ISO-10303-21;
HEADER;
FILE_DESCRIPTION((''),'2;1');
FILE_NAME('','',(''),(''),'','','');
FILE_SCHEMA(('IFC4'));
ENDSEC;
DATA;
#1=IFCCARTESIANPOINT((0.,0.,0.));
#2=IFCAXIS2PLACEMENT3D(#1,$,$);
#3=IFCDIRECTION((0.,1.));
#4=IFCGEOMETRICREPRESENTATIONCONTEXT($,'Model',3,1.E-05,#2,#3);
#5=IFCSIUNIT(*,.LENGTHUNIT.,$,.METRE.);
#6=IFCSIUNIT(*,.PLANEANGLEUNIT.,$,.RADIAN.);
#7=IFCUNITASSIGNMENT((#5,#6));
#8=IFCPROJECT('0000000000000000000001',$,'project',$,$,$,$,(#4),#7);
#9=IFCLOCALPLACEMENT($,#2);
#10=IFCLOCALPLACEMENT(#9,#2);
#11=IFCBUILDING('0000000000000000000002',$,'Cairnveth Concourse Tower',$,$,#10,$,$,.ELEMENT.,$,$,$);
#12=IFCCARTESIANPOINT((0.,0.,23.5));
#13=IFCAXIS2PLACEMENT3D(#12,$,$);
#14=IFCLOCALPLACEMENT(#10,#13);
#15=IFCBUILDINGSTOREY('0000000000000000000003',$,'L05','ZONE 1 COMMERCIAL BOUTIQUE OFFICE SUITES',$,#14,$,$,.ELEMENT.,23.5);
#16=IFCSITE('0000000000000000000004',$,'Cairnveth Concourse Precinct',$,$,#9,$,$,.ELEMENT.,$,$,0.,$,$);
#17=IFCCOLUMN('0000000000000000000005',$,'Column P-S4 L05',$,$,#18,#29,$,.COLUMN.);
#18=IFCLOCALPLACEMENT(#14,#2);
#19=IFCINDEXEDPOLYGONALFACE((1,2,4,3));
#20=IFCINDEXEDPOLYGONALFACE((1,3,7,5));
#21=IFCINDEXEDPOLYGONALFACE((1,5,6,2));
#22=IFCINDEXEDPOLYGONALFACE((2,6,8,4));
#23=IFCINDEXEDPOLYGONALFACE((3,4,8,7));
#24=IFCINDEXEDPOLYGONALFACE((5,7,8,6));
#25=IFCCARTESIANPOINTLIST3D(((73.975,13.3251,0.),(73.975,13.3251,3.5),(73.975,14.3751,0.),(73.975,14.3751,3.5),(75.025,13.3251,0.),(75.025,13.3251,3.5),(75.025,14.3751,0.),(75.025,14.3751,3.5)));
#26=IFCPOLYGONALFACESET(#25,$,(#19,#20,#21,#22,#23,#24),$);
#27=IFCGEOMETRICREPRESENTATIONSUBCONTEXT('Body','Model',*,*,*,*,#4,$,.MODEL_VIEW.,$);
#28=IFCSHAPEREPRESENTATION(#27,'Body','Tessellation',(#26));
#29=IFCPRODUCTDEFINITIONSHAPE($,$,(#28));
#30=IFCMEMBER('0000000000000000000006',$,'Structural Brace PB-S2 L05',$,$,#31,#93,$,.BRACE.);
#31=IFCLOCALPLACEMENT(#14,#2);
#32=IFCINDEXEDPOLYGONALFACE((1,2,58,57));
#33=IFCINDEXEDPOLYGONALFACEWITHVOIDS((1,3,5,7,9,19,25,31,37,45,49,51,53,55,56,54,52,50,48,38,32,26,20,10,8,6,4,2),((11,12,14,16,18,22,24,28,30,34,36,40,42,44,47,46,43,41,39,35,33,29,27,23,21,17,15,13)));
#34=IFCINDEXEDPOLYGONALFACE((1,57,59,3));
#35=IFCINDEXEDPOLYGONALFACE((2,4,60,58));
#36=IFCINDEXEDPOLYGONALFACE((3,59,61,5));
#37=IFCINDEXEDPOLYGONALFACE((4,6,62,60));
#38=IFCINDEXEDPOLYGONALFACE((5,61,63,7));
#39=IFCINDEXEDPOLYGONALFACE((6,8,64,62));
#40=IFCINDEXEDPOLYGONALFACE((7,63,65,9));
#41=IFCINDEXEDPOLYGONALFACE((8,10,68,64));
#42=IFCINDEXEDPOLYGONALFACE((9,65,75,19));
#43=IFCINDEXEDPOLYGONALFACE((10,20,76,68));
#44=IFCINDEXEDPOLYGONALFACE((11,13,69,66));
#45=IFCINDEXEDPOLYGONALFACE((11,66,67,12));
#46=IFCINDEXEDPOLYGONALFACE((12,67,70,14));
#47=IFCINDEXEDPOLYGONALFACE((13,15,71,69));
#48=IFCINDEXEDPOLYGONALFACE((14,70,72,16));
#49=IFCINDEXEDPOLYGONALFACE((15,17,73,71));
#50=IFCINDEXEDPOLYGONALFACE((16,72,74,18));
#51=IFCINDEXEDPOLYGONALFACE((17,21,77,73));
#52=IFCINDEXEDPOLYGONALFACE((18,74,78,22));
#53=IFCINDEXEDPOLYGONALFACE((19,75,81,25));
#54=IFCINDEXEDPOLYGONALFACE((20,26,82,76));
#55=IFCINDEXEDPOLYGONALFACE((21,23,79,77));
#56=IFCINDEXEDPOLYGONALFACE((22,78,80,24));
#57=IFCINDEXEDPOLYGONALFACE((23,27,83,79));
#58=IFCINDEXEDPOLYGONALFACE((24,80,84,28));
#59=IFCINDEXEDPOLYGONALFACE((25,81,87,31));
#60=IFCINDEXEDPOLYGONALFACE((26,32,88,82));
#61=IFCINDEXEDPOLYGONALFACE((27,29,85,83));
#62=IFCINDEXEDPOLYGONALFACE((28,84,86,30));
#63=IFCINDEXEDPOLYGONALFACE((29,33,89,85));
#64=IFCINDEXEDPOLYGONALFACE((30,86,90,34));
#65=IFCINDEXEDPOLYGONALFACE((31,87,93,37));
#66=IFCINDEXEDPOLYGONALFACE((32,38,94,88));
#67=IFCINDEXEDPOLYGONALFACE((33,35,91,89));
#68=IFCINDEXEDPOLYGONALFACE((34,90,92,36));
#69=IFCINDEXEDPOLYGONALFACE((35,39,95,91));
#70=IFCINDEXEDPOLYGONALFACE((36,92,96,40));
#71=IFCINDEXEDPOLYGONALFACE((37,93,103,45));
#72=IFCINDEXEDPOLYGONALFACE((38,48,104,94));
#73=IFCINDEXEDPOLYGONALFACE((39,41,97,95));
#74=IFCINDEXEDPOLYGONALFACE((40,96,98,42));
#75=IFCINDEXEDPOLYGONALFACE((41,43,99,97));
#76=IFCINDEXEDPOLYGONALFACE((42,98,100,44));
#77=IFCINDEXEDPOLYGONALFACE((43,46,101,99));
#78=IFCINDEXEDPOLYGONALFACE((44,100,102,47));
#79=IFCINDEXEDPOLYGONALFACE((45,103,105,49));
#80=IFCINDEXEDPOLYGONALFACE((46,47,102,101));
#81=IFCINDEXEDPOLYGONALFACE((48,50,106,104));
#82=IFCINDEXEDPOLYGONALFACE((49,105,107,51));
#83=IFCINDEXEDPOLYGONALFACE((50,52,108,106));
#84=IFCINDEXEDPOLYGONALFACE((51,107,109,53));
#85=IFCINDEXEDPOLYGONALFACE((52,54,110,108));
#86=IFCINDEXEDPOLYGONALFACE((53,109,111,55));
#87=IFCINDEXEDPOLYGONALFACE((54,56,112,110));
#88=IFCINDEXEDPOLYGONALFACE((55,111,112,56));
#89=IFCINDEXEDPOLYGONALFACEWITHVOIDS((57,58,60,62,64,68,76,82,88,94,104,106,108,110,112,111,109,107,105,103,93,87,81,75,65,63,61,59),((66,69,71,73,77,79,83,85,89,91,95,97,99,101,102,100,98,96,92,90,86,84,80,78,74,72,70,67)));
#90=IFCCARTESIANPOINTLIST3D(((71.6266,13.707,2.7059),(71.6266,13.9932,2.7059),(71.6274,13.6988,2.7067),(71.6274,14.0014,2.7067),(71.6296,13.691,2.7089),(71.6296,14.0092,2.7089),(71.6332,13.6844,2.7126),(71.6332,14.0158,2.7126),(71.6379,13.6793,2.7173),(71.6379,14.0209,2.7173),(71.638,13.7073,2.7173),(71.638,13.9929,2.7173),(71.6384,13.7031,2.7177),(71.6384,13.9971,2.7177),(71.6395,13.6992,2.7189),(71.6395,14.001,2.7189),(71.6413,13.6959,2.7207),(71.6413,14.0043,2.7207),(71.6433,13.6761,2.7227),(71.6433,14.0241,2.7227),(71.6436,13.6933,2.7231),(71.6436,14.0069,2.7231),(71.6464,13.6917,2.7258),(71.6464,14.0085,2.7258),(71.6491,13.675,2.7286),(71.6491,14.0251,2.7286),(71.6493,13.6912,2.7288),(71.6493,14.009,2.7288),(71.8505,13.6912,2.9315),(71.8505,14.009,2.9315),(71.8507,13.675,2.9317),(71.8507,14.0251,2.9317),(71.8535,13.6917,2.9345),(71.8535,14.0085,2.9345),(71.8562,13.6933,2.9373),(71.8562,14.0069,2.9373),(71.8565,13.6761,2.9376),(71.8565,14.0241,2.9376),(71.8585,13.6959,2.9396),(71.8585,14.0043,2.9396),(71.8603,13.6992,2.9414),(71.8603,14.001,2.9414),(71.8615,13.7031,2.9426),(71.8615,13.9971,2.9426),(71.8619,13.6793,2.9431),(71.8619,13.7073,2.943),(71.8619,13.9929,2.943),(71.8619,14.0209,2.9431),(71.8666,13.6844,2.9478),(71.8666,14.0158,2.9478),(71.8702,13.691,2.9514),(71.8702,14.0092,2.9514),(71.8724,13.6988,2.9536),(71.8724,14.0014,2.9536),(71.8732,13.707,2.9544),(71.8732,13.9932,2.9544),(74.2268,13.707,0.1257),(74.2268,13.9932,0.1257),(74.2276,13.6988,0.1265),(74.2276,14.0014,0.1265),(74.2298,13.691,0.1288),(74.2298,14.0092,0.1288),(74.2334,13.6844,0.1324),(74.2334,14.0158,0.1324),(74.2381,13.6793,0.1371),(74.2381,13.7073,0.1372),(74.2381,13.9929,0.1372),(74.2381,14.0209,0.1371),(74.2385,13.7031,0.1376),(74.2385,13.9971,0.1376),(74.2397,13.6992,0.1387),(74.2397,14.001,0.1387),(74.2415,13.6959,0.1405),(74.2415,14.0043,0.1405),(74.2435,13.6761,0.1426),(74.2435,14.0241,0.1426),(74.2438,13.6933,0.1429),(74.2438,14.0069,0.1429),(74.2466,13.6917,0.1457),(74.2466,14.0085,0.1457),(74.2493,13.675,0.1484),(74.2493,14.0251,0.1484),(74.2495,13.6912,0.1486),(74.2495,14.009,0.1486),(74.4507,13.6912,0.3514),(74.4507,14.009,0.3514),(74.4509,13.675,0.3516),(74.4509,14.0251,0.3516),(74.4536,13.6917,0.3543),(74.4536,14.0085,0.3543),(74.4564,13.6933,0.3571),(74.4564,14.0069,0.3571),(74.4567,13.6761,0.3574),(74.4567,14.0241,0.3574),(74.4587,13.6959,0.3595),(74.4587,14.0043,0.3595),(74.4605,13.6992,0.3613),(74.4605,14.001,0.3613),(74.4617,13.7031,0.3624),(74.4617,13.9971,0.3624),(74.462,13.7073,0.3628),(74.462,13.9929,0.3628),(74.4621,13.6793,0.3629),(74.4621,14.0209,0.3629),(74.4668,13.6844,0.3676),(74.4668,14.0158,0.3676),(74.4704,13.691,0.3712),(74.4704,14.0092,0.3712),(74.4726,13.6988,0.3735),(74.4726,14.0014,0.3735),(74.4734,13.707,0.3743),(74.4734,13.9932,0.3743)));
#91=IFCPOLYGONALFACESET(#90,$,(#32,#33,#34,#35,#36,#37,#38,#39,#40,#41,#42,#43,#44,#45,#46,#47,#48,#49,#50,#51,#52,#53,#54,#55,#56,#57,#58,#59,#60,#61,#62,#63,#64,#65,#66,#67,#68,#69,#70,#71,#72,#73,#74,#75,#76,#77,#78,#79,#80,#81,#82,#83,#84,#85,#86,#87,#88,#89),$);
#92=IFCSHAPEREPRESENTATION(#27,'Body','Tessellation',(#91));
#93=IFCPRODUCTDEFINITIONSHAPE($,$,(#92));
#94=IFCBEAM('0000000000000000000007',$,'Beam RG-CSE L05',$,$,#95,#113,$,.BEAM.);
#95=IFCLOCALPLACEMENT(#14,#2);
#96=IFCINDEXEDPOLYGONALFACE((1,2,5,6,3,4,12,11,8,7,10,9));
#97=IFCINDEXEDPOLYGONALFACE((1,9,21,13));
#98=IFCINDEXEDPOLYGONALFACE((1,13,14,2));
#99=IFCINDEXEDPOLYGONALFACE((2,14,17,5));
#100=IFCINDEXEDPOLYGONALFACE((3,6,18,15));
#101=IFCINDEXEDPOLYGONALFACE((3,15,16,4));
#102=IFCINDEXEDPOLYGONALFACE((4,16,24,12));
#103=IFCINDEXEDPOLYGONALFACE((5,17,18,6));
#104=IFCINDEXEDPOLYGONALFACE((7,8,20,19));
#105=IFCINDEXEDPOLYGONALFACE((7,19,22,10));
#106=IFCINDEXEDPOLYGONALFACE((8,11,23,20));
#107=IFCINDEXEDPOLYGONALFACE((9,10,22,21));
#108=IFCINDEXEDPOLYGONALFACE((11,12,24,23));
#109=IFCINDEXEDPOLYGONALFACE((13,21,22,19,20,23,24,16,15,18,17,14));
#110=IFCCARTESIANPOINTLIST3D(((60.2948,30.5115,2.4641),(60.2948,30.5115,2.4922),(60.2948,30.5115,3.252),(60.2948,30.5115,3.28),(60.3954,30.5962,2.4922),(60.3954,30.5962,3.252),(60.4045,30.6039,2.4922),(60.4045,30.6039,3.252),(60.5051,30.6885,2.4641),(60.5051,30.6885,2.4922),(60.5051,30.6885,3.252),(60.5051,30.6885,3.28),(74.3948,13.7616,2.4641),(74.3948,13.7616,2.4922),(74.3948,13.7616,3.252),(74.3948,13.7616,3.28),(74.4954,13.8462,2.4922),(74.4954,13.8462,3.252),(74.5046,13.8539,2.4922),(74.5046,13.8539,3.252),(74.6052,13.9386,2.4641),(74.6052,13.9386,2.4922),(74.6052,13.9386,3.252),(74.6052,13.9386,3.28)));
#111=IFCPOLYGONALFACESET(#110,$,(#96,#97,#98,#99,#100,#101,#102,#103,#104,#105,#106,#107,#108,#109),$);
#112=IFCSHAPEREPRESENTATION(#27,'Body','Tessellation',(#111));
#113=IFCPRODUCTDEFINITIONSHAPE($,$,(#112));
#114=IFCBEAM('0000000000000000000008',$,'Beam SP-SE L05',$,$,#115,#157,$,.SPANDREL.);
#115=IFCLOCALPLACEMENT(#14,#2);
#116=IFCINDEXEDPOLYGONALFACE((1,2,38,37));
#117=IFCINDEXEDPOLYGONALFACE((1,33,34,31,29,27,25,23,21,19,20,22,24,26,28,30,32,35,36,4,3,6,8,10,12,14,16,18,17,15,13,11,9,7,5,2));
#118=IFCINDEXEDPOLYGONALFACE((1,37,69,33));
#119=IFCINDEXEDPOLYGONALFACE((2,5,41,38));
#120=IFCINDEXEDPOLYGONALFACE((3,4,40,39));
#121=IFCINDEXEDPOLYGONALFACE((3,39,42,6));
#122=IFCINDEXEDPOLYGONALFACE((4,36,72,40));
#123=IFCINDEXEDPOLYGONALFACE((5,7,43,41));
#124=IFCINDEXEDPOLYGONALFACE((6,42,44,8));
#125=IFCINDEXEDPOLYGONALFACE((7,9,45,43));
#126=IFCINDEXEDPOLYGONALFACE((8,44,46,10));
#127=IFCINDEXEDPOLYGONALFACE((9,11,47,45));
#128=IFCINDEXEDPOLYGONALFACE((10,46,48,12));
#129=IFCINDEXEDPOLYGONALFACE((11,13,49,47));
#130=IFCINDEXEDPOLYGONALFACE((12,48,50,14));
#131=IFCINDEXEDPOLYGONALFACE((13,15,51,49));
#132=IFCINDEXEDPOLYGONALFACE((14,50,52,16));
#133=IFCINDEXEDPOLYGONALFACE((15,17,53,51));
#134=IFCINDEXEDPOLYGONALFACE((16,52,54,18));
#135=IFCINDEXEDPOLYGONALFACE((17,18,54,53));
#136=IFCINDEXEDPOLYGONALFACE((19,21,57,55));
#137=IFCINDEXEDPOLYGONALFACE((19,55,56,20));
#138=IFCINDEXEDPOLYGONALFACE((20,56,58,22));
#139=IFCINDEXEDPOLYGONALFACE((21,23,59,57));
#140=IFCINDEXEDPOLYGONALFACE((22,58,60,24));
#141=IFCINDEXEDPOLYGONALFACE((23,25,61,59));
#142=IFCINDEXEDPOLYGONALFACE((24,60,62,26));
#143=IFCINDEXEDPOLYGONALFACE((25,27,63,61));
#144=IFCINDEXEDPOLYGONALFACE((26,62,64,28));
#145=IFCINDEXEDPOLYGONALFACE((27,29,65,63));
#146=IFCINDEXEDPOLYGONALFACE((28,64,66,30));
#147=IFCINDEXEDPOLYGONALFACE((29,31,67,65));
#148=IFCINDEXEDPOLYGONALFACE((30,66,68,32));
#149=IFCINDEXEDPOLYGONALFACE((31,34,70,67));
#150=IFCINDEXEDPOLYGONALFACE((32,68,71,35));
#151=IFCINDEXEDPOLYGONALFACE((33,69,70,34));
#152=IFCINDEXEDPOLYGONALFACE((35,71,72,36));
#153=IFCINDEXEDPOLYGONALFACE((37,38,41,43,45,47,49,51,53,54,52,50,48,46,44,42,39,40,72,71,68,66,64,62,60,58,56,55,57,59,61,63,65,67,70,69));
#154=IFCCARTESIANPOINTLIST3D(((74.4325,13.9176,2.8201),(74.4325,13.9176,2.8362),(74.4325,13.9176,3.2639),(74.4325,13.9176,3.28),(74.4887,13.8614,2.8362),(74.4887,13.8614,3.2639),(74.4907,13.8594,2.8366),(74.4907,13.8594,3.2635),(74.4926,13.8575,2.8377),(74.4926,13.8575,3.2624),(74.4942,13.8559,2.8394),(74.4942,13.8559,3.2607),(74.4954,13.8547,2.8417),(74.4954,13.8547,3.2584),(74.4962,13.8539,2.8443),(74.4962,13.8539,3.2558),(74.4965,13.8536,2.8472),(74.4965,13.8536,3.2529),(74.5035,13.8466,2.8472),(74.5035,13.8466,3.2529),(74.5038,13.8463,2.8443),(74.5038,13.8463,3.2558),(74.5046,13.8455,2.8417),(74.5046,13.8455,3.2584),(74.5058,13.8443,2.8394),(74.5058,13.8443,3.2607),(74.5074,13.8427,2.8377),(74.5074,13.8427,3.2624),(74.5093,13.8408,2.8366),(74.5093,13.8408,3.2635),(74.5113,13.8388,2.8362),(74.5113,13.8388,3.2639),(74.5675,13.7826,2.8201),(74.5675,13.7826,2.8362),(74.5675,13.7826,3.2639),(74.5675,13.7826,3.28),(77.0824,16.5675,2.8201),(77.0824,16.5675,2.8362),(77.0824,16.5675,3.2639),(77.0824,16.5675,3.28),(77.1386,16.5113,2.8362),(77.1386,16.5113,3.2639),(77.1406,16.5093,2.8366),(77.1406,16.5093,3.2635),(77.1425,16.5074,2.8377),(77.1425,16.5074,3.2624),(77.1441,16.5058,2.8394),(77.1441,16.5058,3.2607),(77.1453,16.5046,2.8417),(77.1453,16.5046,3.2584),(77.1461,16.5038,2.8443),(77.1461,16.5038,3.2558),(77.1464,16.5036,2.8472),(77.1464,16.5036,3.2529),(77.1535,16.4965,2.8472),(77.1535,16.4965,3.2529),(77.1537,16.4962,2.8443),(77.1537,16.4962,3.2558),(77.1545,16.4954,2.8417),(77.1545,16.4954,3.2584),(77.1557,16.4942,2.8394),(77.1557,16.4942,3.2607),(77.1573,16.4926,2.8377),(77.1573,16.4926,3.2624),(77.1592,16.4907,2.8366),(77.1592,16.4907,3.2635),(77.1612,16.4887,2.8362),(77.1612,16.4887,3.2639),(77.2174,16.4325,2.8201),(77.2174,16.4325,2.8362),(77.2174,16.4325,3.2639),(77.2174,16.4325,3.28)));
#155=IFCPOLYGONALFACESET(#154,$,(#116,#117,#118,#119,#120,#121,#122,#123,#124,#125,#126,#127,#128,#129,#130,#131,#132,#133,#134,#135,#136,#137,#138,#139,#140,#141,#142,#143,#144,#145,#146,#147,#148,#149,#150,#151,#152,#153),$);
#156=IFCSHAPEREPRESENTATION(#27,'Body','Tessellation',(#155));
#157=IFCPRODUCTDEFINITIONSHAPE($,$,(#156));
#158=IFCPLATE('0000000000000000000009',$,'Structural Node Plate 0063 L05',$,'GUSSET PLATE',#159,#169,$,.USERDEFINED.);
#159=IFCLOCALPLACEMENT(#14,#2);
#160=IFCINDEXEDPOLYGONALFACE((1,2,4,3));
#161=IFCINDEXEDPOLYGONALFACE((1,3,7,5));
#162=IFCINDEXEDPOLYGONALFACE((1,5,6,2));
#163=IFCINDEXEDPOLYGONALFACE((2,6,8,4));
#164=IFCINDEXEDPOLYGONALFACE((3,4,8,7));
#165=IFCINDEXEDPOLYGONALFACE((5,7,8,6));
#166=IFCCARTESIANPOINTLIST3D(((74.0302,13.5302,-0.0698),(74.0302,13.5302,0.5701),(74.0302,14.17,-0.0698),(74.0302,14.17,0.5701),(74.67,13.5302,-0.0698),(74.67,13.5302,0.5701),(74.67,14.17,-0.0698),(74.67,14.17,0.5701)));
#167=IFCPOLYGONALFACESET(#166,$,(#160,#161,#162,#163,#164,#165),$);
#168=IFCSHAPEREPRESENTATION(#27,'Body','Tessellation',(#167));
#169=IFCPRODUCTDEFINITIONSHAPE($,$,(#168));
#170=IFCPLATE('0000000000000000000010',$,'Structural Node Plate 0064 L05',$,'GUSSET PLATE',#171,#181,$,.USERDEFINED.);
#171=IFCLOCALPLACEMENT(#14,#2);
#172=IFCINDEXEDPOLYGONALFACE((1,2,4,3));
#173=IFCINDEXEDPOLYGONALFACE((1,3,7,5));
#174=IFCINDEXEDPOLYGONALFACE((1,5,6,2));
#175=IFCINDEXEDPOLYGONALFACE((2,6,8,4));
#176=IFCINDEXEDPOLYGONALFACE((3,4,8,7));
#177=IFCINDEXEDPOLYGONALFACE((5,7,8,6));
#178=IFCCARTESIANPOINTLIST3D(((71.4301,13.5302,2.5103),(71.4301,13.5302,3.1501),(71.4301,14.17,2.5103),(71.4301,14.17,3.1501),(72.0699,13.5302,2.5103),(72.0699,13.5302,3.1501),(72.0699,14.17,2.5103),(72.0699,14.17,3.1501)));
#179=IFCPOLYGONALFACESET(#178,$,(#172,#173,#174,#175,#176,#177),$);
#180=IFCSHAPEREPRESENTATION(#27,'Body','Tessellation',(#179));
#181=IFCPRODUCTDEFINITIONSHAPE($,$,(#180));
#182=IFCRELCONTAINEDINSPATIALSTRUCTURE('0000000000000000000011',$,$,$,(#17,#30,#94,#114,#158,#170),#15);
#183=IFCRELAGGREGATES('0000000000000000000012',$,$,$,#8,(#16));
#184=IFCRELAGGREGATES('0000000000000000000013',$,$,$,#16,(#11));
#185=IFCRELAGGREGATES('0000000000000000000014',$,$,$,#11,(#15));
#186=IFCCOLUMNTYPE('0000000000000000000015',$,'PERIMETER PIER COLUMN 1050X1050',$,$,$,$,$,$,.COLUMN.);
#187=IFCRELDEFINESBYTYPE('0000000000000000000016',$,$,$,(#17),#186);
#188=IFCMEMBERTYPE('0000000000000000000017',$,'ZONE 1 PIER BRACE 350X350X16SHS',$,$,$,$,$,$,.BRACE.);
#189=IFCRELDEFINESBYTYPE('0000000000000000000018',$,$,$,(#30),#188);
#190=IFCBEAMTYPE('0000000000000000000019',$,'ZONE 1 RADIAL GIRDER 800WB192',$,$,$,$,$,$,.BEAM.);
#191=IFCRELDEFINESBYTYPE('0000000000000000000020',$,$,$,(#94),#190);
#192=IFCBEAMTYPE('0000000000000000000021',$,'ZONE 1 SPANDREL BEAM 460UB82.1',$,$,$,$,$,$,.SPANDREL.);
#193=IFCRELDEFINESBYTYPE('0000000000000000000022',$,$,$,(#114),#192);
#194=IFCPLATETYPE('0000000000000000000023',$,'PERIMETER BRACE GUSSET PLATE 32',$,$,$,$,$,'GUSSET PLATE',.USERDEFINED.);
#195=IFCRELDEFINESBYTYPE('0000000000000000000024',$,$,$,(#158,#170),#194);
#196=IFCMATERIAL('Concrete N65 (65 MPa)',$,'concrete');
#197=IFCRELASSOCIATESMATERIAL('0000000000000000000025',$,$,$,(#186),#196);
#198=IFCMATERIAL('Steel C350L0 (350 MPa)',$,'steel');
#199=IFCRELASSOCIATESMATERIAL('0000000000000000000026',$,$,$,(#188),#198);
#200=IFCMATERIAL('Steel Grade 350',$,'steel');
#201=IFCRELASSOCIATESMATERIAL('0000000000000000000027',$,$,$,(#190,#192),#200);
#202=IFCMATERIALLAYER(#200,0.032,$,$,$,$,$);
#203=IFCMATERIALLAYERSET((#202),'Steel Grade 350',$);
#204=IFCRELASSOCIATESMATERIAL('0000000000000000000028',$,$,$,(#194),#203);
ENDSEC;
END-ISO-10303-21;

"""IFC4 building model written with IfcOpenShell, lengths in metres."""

from ifc_helpers import new_model, si_unit, direction, frame, origin, origin_2d, place, context, subcontext, project, spatial, rectangle, hollow_rectangle, i_section, extrude, material, layer, layer_set, material_profile, profile_set, type_object, element, save


model = new_model("IFC4")

# Units and contexts
model_context = context("Model", 3, precision=1e-05, world=origin(), true_north=direction((0.0, 1.0)))
body_context = subcontext(model_context, "Body", "Model", "MODEL_VIEW")
ifc_project = project(units=[si_unit("LENGTHUNIT", "METRE"), si_unit("PLANEANGLEUNIT", "RADIAN")], contexts=[model_context])

# Site, building, storey
site_placement = place(None, origin())
site = spatial("IfcSite", under=ifc_project, at=site_placement, Name="Cairnveth Concourse Precinct", CompositionType="ELEMENT", RefElevation=0.0)
building_placement = place(site_placement, origin())
building = spatial("IfcBuilding", under=site, at=building_placement, Name="Cairnveth Concourse Tower", CompositionType="ELEMENT")
storey_placement = place(building_placement, frame((0.0, 0.0, 23.5)))
storey = spatial("IfcBuildingStorey", under=building, at=storey_placement, Name="L05", Description="ZONE 1 COMMERCIAL BOUTIQUE OFFICE SUITES", CompositionType="ELEMENT", Elevation=23.5)

# Column
ifc_material_1 = material(Name="Concrete N65 (65 MPa)", Category="concrete")
ifc_material_profile_1 = material_profile(ifc_material_1, rectangle(XDim=1.05, YDim=1.05, at=origin_2d()), Name="RC-COL-1050x1050")
ifc_profile_set_1 = profile_set([ifc_material_profile_1], Name="Concrete N65 (65 MPa)")
column_type = type_object("IfcColumnType", Name="PERIMETER PIER COLUMN 1050X1050", PredefinedType="COLUMN", material=ifc_profile_set_1)
column_placement = place(storey_placement, frame((74.5, 13.8501, 0.0), z_axis=(0.0, 0.0, 1.0), x_axis=(1.0, 0.0, 0.0)))
element("IfcColumn", 1, at=column_placement, inside=storey, type_object=column_type, Name="Column P-S4 L05", PredefinedType="COLUMN", context=body_context, shape_type="SweptSolid", body=[
    extrude(rectangle(XDim=1.05, YDim=1.05, at=origin_2d()), origin(), (0.0, 0.0, 1.0), 3.5),
])

# Member
ifc_material_2 = material(Name="Steel C350L0 (350 MPa)", Category="steel")
ifc_material_profile_2 = material_profile(ifc_material_2, hollow_rectangle(XDim=0.3501, YDim=0.3501, WallThickness=0.0161, InnerFilletRadius=0.0161, OuterFilletRadius=0.032, at=origin_2d()), Name="350x350x16.0SHS")
ifc_profile_set_2 = profile_set([ifc_material_profile_2], Name="Steel C350L0 (350 MPa)")
member_type = type_object("IfcMemberType", Name="ZONE 1 PIER BRACE 350X350X16SHS", PredefinedType="BRACE", material=ifc_profile_set_2)
member_placement = place(storey_placement, frame((74.3501, 13.8501, 0.25), z_axis=(-0.709834, 0.0, 0.704369), x_axis=(0.0, -1.0, 0.0)))
element("IfcMember", 2, at=member_placement, inside=storey, type_object=member_type, Name="Structural Brace PB-S2 L05", PredefinedType="BRACE", context=body_context, shape_type="SweptSolid", body=[
    extrude(hollow_rectangle(XDim=0.3501, YDim=0.3501, WallThickness=0.0161, InnerFilletRadius=0.0161, OuterFilletRadius=0.032, at=origin_2d()), origin(), (0.0, 0.0, 1.0), 3.6631),
])

# Beams
ifc_material_3 = material(Name="Steel Grade 350", Category="steel")
ifc_material_profile_3 = material_profile(ifc_material_3, i_section(OverallWidth=0.2749, OverallDepth=0.8159, WebThickness=0.012, FlangeThickness=0.0281, at=origin_2d()), Name="800WB192")
ifc_profile_set_3 = profile_set([ifc_material_profile_3], Name="Steel Grade 350")
beam_type_1 = type_object("IfcBeamType", Name="ZONE 1 RADIAL GIRDER 800WB192", PredefinedType="BEAM", material=ifc_profile_set_3)
beam_1_placement = place(storey_placement, frame((74.5, 13.8501, 2.8721), z_axis=(-0.643998, 0.765027, 0.0), x_axis=(-0.765027, -0.643998, 0.0)))
element("IfcBeam", 3, at=beam_1_placement, inside=storey, type_object=beam_type_1, Name="Beam RG-CSE L05", PredefinedType="BEAM", context=body_context, shape_type="SweptSolid", body=[
    extrude(i_section(OverallWidth=0.2749, OverallDepth=0.8159, WebThickness=0.012, FlangeThickness=0.0281, at=origin_2d()), origin(), (0.0, 0.0, 1.0), 21.8945),
])
ifc_material_profile_4 = material_profile(ifc_material_3, i_section(OverallWidth=0.1909, OverallDepth=0.46, WebThickness=0.01, FlangeThickness=0.0161, FilletRadius=0.011, at=origin_2d()), Name="460UB82.1")
ifc_profile_set_4 = profile_set([ifc_material_profile_4], Name="Steel Grade 350")
beam_type_2 = type_object("IfcBeamType", Name="ZONE 1 SPANDREL BEAM 460UB82.1", PredefinedType="SPANDREL", material=ifc_profile_set_4)
beam_2_placement = place(storey_placement, frame((74.5, 13.8501, 3.05), z_axis=(0.707107, 0.707107, 0.0), x_axis=(-0.707107, 0.707107, 0.0)))
element("IfcBeam", 4, at=beam_2_placement, inside=storey, type_object=beam_type_2, Name="Beam SP-SE L05", PredefinedType="SPANDREL", context=body_context, shape_type="SweptSolid", body=[
    extrude(i_section(OverallWidth=0.1909, OverallDepth=0.46, WebThickness=0.01, FlangeThickness=0.0161, FilletRadius=0.011, at=origin_2d()), origin(), (0.0, 0.0, 1.0), 3.7476),
])

# Plates
ifc_layer_1 = layer(ifc_material_3, 0.032)
ifc_layer_set_1 = layer_set([ifc_layer_1], Name="Steel Grade 350")
plate_type = type_object("IfcPlateType", Name="PERIMETER BRACE GUSSET PLATE 32", ElementType="GUSSET PLATE", PredefinedType="USERDEFINED", material=ifc_layer_set_1)
for number, where, z_axis, x_axis, name in (
    (5, (74.3501, 13.8501, -0.0698), (0.0, 0.0, 1.0), (1.0, 0.0, 0.0), "Structural Node Plate 0063 L05"),
    (6, (71.75, 13.8501, 2.5103), (0.0, 0.0, 1.0), (1.0, 0.0, 0.0), "Structural Node Plate 0064 L05"),
):
    element("IfcPlate", number, at=place(storey_placement, frame(where, z_axis=z_axis, x_axis=x_axis)), inside=storey, type_object=plate_type, Name=name, ObjectType="GUSSET PLATE", PredefinedType="USERDEFINED", context=body_context, shape_type="SweptSolid", body=[
        extrude(rectangle(XDim=0.6399, YDim=0.6399, at=origin_2d()), origin(), (0.0, 0.0, 1.0), 0.6399),
    ])

save(model, "model.ifc")
